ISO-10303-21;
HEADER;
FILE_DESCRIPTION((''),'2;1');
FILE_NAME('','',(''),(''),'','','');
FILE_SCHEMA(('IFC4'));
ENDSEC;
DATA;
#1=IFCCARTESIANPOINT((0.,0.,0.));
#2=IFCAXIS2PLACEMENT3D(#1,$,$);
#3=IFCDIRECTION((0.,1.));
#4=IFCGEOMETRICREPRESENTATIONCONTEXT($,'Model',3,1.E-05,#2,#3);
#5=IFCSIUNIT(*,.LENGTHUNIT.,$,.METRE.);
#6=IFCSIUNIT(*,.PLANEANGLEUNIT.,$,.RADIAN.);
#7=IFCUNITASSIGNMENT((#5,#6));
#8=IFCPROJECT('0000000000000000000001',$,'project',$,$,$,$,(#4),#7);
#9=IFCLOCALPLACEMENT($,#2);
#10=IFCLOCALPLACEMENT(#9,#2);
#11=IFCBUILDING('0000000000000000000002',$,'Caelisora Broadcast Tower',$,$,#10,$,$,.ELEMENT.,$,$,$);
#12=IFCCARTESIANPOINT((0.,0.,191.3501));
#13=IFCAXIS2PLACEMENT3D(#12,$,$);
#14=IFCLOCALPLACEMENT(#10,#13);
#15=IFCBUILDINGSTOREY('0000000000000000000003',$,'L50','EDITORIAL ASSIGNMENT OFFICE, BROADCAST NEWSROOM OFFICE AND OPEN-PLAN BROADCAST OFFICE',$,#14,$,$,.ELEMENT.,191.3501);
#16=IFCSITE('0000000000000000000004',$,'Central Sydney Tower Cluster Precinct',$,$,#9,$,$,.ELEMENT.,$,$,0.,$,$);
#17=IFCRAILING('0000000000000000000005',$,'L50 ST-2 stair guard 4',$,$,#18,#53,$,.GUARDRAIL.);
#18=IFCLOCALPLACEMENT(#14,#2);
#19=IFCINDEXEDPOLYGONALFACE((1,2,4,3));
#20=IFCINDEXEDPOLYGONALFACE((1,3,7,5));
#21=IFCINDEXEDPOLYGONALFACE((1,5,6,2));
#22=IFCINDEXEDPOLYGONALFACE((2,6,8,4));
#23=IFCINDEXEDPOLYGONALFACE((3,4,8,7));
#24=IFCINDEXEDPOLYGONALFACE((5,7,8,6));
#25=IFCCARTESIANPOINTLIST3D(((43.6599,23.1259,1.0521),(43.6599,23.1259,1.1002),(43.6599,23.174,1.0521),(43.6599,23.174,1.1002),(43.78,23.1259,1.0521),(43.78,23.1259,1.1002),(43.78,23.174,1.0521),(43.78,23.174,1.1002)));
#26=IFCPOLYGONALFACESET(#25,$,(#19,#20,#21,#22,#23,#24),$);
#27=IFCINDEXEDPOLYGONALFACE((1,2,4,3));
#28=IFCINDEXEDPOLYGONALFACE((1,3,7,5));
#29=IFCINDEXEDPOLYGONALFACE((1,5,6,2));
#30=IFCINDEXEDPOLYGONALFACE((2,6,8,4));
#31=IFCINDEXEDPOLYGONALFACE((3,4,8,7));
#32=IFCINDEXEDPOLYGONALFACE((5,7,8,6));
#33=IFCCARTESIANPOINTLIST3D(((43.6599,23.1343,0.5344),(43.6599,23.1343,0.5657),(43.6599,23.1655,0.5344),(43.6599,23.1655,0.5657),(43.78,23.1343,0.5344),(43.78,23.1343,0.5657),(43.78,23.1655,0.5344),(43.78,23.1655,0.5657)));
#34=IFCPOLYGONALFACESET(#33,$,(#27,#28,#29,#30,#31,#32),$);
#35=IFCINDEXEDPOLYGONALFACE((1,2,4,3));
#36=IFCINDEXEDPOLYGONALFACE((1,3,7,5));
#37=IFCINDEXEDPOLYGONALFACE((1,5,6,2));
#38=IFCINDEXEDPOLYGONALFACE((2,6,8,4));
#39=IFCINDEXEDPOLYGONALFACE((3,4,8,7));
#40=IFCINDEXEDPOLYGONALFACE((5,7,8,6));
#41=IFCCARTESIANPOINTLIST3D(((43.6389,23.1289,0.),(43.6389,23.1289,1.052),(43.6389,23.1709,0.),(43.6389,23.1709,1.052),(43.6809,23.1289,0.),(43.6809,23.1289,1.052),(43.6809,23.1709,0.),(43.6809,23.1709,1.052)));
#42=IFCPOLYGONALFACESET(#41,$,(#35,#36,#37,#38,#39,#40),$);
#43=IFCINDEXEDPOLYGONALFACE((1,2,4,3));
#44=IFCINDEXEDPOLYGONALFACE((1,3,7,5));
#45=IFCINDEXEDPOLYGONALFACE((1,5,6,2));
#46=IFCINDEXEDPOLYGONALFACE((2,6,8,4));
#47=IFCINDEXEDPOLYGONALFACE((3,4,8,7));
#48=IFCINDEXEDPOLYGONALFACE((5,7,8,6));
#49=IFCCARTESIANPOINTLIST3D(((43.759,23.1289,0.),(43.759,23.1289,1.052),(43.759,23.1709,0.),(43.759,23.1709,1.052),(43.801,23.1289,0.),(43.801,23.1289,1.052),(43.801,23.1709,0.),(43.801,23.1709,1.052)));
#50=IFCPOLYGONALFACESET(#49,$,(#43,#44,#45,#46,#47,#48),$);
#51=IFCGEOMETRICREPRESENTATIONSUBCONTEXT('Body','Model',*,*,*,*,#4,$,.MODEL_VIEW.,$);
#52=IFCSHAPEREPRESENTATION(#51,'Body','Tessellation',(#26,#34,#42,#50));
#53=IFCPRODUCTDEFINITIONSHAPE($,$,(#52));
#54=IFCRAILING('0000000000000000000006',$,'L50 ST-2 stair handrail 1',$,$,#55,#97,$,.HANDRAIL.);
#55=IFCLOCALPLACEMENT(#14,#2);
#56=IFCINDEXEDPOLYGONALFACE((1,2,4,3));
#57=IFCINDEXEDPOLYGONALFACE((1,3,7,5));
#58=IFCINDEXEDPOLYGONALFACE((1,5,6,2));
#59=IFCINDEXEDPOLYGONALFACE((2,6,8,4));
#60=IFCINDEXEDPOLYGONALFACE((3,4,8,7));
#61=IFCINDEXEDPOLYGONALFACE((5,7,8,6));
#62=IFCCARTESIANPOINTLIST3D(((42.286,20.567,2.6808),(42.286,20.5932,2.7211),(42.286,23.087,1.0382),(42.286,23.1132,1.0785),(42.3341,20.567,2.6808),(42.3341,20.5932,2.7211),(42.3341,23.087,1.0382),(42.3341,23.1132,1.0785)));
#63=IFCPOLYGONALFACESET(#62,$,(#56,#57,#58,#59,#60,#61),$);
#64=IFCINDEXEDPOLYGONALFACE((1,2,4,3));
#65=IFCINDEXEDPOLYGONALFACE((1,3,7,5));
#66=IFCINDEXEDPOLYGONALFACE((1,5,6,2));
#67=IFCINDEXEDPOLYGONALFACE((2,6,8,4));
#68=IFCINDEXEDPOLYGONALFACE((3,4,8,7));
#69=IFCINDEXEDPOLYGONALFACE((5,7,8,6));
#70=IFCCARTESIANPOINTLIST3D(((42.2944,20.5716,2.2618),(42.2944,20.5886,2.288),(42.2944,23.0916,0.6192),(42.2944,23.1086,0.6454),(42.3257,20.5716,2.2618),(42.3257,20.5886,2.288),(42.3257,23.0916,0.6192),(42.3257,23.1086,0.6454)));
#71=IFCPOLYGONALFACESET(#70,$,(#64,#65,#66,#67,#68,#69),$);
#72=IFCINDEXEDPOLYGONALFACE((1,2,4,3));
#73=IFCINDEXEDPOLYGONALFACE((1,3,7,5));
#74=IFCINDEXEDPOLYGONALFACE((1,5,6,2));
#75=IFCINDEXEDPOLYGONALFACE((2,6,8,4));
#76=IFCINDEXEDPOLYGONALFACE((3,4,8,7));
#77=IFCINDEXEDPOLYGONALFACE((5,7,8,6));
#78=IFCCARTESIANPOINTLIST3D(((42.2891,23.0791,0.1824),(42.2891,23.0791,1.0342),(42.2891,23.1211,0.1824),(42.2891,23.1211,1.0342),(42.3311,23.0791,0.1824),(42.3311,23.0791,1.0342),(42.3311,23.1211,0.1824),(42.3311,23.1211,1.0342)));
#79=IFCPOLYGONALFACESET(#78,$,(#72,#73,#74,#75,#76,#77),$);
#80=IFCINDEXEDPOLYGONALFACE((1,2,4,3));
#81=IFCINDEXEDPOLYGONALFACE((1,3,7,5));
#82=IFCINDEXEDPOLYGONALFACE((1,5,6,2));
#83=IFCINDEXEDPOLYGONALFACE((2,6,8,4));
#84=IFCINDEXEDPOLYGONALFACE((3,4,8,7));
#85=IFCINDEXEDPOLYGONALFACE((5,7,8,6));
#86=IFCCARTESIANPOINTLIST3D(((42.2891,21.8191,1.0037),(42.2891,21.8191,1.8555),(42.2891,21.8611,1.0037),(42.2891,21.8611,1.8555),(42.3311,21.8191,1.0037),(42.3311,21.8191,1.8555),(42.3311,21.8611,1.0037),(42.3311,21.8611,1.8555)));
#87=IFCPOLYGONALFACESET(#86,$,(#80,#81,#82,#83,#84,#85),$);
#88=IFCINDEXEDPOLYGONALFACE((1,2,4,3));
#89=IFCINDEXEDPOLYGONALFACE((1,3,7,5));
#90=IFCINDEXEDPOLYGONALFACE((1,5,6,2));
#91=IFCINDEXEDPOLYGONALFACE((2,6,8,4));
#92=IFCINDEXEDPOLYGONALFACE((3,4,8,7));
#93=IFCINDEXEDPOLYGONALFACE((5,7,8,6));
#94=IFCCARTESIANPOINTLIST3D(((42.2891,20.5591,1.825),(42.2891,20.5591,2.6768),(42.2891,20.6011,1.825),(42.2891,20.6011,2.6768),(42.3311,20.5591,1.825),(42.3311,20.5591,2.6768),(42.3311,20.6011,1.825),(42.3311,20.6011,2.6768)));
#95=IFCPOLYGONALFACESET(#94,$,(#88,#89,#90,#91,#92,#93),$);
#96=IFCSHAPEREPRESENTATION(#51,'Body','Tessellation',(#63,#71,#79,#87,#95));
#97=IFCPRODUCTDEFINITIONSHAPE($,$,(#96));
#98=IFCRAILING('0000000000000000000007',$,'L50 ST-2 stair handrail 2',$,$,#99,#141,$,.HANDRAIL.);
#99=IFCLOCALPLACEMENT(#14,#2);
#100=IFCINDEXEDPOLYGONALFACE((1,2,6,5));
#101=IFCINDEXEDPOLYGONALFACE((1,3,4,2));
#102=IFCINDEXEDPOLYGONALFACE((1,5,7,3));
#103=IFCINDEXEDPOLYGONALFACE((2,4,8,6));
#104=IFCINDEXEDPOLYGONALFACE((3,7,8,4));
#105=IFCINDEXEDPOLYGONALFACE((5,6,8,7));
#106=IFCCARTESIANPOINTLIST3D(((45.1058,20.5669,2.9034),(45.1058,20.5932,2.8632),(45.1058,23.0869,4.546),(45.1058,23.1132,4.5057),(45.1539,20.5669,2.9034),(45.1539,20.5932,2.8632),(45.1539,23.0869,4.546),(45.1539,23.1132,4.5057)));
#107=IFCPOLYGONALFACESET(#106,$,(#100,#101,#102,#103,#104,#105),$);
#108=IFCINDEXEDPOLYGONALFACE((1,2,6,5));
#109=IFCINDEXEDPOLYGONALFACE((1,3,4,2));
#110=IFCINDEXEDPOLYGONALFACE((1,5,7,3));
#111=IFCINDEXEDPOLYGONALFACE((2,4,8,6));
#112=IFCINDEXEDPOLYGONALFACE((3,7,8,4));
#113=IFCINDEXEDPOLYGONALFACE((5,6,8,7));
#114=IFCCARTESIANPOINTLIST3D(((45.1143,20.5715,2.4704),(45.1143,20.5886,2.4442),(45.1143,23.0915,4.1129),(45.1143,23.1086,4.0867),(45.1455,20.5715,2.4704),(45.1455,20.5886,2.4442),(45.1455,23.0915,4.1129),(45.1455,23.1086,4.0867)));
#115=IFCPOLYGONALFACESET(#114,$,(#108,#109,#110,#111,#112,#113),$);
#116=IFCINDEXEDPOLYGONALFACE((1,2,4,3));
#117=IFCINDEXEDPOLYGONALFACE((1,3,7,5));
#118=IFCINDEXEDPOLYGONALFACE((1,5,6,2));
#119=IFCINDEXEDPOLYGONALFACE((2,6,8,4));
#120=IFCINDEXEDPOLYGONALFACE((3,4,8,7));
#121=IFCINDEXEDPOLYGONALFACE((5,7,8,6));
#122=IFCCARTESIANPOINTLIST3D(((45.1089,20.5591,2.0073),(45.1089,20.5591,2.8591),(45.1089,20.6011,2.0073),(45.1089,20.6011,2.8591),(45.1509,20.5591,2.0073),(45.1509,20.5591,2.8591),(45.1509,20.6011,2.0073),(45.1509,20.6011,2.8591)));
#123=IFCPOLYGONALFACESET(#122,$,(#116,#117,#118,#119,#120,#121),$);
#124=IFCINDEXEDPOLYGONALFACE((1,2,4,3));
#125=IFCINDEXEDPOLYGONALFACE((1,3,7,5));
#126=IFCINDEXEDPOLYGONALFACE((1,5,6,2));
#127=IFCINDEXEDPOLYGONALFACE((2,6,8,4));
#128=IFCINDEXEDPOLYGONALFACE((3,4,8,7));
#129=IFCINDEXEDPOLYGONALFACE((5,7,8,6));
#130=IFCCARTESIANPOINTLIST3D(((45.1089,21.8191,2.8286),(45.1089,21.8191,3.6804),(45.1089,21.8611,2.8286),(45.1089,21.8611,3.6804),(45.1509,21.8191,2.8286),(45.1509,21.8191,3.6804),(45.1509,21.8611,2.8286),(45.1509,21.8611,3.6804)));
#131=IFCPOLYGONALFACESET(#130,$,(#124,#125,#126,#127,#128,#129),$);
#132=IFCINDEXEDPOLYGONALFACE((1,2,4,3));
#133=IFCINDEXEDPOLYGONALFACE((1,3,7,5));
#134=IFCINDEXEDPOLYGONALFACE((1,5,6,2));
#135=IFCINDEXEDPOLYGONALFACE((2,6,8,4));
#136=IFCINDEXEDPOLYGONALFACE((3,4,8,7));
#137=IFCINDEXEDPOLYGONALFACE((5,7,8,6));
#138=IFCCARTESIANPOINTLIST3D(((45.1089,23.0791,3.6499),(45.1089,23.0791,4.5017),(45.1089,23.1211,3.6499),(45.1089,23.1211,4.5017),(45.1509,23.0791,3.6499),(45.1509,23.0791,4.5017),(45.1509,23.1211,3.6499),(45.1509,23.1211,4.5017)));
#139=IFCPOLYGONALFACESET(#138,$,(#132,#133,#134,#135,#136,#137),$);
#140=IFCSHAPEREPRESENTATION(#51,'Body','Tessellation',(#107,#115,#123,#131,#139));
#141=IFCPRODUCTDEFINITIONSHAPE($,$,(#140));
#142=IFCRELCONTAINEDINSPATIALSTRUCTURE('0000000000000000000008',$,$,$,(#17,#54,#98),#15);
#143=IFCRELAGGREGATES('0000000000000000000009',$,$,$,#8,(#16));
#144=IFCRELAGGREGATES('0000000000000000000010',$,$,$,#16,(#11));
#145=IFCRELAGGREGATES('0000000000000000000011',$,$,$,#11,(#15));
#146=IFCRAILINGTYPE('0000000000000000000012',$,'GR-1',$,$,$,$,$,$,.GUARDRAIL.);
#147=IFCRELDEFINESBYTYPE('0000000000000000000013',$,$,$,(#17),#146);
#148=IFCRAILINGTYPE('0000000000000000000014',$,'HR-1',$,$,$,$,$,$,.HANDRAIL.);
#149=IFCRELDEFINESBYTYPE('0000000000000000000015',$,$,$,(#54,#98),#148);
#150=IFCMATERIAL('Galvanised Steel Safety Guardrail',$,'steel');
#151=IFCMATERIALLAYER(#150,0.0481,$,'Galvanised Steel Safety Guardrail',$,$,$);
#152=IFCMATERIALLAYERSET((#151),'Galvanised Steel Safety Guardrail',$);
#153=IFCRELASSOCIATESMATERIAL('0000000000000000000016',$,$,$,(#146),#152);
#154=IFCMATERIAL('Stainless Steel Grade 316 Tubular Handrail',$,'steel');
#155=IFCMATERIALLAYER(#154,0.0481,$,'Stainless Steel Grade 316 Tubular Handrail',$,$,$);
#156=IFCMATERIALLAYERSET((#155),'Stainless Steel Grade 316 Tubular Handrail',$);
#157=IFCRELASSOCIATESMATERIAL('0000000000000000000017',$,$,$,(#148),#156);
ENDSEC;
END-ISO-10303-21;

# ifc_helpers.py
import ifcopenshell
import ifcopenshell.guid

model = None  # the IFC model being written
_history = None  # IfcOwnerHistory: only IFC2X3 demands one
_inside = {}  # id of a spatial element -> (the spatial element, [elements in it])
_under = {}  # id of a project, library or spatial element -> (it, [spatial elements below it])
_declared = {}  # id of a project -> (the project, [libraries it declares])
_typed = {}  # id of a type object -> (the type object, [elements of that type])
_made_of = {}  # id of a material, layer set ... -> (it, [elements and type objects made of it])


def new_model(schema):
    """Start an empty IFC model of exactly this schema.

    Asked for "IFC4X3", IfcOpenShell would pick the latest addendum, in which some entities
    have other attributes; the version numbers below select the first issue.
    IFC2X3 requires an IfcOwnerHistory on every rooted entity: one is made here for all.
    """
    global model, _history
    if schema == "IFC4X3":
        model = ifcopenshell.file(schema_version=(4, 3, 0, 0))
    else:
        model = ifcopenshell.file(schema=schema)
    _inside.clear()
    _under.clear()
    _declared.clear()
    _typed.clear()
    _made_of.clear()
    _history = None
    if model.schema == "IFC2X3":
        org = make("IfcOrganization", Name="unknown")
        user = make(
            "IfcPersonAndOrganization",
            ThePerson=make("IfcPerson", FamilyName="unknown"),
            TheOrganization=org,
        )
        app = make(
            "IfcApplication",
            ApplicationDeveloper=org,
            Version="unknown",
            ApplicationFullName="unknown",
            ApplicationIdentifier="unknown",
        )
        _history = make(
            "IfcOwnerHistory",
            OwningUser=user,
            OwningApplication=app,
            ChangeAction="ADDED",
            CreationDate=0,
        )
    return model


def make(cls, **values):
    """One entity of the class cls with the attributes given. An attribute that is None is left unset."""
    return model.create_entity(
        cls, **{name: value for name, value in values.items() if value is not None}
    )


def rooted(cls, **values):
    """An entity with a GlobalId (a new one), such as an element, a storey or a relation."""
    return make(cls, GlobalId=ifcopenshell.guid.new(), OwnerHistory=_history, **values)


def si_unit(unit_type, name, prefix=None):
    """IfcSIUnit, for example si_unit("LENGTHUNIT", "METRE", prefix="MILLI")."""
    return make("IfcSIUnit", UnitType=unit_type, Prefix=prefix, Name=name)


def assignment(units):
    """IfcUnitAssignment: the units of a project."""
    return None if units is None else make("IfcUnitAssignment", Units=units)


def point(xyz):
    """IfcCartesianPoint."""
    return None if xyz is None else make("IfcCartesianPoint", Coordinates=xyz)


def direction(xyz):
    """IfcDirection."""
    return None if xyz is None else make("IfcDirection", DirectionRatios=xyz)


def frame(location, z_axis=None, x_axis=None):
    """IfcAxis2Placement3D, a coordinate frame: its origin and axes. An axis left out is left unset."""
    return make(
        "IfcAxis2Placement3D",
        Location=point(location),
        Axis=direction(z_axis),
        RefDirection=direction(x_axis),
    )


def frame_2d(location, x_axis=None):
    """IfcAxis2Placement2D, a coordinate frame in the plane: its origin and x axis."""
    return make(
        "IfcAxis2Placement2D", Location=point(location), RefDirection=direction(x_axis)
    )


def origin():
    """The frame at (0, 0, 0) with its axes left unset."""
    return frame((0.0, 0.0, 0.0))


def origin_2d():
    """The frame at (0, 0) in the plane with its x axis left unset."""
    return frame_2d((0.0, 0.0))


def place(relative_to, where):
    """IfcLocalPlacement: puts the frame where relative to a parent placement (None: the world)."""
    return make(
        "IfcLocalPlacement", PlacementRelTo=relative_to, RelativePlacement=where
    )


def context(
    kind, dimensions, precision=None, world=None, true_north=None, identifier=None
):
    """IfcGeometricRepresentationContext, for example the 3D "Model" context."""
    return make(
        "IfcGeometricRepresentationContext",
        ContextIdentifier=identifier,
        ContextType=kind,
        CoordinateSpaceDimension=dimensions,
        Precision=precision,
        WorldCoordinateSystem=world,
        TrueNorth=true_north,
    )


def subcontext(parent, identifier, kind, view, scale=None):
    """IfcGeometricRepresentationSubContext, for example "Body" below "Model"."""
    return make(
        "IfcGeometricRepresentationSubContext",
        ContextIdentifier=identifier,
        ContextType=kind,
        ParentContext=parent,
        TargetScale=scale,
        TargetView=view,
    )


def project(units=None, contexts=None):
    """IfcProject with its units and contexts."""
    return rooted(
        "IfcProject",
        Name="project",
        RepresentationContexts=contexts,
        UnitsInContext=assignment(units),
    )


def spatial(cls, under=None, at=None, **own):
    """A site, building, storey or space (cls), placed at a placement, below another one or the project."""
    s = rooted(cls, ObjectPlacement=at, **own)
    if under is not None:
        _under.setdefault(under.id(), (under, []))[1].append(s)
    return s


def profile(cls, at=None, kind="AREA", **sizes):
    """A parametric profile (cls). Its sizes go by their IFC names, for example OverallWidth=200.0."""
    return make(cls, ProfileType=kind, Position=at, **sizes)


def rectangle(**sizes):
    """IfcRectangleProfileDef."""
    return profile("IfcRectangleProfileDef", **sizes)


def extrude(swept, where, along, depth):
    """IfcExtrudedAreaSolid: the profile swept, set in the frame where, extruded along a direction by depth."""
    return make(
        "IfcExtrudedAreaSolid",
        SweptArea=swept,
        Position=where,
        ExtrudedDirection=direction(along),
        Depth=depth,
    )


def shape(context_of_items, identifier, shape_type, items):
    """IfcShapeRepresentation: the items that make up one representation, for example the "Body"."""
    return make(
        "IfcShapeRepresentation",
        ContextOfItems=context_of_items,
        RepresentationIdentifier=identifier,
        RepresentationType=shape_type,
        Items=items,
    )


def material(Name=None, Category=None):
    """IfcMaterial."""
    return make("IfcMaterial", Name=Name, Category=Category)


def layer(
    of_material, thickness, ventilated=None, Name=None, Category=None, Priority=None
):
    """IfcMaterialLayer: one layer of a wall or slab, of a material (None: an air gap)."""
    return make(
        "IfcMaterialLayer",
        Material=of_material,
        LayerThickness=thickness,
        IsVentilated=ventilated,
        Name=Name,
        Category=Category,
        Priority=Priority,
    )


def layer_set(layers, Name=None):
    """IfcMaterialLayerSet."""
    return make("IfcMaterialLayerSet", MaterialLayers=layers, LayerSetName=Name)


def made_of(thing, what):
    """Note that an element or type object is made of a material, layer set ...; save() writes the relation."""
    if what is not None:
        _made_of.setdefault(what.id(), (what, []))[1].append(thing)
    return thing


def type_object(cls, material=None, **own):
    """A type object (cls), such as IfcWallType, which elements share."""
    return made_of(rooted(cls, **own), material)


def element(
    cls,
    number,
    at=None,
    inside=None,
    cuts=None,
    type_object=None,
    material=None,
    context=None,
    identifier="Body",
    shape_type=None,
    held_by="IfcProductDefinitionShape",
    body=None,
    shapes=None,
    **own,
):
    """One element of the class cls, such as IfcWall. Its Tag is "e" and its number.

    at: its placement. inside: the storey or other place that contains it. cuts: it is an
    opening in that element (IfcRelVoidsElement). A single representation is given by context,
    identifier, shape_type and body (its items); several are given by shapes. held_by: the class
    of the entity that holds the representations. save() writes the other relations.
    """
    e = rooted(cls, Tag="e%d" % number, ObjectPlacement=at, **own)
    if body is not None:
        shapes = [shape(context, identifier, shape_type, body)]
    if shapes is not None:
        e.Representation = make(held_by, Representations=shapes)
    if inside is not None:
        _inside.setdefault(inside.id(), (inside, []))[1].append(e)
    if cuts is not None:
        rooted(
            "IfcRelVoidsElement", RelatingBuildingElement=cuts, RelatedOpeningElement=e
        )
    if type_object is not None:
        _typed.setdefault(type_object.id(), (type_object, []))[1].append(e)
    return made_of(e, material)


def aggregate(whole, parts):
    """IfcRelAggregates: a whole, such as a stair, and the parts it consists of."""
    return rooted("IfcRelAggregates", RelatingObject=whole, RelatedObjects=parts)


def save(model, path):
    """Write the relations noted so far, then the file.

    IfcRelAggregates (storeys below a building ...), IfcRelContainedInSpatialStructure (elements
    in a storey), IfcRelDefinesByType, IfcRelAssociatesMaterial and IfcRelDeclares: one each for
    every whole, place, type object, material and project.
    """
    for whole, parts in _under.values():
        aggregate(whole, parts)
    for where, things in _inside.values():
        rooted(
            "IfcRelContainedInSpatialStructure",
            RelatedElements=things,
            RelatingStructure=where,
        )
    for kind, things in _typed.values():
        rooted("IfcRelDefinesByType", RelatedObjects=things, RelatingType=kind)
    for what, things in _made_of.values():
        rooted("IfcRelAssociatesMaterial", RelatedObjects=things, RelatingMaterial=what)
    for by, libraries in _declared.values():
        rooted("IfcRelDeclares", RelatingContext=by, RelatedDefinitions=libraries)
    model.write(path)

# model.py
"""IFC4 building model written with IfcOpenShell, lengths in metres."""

from ifc_helpers import new_model, si_unit, direction, frame, origin, origin_2d, place, context, subcontext, project, spatial, rectangle, extrude, material, layer, layer_set, type_object, element, save


model = new_model("IFC4")

# Units and contexts
model_context = context("Model", 3, precision=1e-05, world=origin(), true_north=direction((0.0, 1.0)))
body_context = subcontext(model_context, "Body", "Model", "MODEL_VIEW")
ifc_project = project(units=[si_unit("LENGTHUNIT", "METRE"), si_unit("PLANEANGLEUNIT", "RADIAN")], contexts=[model_context])

# Site, building, storey
site_placement = place(None, origin())
site = spatial("IfcSite", under=ifc_project, at=site_placement, Name="Central Sydney Tower Cluster Precinct", CompositionType="ELEMENT", RefElevation=0.0)
building_placement = place(site_placement, origin())
building = spatial("IfcBuilding", under=site, at=building_placement, Name="Caelisora Broadcast Tower", CompositionType="ELEMENT")
storey_placement = place(building_placement, frame((0.0, 0.0, 191.3501)))
storey = spatial("IfcBuildingStorey", under=building, at=storey_placement, Name="L50", Description="EDITORIAL ASSIGNMENT OFFICE, BROADCAST NEWSROOM OFFICE AND OPEN-PLAN BROADCAST OFFICE", CompositionType="ELEMENT", Elevation=191.3501)

# Railings
ifc_material_1 = material(Name="Galvanised Steel Safety Guardrail", Category="steel")
ifc_layer_1 = layer(ifc_material_1, 0.0481, Name="Galvanised Steel Safety Guardrail")
ifc_layer_set_1 = layer_set([ifc_layer_1], Name="Galvanised Steel Safety Guardrail")
railing_type_1 = type_object("IfcRailingType", Name="GR-1", PredefinedType="GUARDRAIL", material=ifc_layer_set_1)
railing_1_placement = place(storey_placement, frame((43.6599, 23.1499, 0.0)))
element("IfcRailing", 1, at=railing_1_placement, inside=storey, type_object=railing_type_1, Name="L50 ST-2 stair guard 4", PredefinedType="GUARDRAIL", context=body_context, shape_type="SweptSolid", body=[
    extrude(rectangle(XDim=0.0481, YDim=0.0481, at=origin_2d()), frame((0.0, 0.0, 1.0762), z_axis=(1.0, 0.0, 0.0), x_axis=(0.0, 1.0, 0.0)), (0.0, 0.0, 1.0), 0.1201),
    extrude(rectangle(XDim=0.0312, YDim=0.0312, at=origin_2d()), frame((0.0, 0.0, 0.55), z_axis=(1.0, 0.0, 0.0), x_axis=(0.0, 1.0, 0.0)), (0.0, 0.0, 1.0), 0.1201),
    extrude(rectangle(XDim=0.042, YDim=0.042, at=origin_2d()), origin(), (0.0, 0.0, 1.0), 1.052),
    extrude(rectangle(XDim=0.042, YDim=0.042, at=origin_2d()), frame((0.1201, 0.0, 0.0)), (0.0, 0.0, 1.0), 1.052),
])
ifc_material_2 = material(Name="Stainless Steel Grade 316 Tubular Handrail", Category="steel")
ifc_layer_2 = layer(ifc_material_2, 0.0481, Name="Stainless Steel Grade 316 Tubular Handrail")
ifc_layer_set_2 = layer_set([ifc_layer_2], Name="Stainless Steel Grade 316 Tubular Handrail")
railing_type_2 = type_object("IfcRailingType", Name="HR-1", PredefinedType="HANDRAIL", material=ifc_layer_set_2)
railing_2_placement = place(storey_placement, frame((42.3101, 23.1001, 0.1824)))
element("IfcRailing", 2, at=railing_2_placement, inside=storey, type_object=railing_type_2, Name="L50 ST-2 stair handrail 1", PredefinedType="HANDRAIL", context=body_context, shape_type="SweptSolid", body=[
    extrude(rectangle(XDim=0.0481, YDim=0.0481, at=origin_2d()), frame((0.0, 0.0, 0.876), z_axis=(0.0, -0.837749, 0.546055), x_axis=(1.0, 0.0, 0.0)), (0.0, 0.0, 1.0), 3.0081),
    extrude(rectangle(XDim=0.0312, YDim=0.0312, at=origin_2d()), frame((0.0, 0.0, 0.45), z_axis=(0.0, -0.837749, 0.546055), x_axis=(1.0, 0.0, 0.0)), (0.0, 0.0, 1.0), 3.0081),
    extrude(rectangle(XDim=0.042, YDim=0.042, at=origin_2d()), origin(), (0.0, 0.0, 1.0), 0.8518),
    extrude(rectangle(XDim=0.042, YDim=0.042, at=origin_2d()), frame((0.0, -1.26, 0.8213)), (0.0, 0.0, 1.0), 0.8518),
    extrude(rectangle(XDim=0.042, YDim=0.042, at=origin_2d()), frame((0.0, -2.52, 1.6426)), (0.0, 0.0, 1.0), 0.8518),
])
railing_3_placement = place(storey_placement, frame((45.1299, 20.5801, 2.0073)))
element("IfcRailing", 3, at=railing_3_placement, inside=storey, type_object=railing_type_2, Name="L50 ST-2 stair handrail 2", PredefinedType="HANDRAIL", context=body_context, shape_type="SweptSolid", body=[
    extrude(rectangle(XDim=0.0481, YDim=0.0481, at=origin_2d()), frame((0.0, 0.0, 0.876), z_axis=(0.0, 0.837749, 0.546055), x_axis=(-1.0, 0.0, 0.0)), (0.0, 0.0, 1.0), 3.0081),
    extrude(rectangle(XDim=0.0312, YDim=0.0312, at=origin_2d()), frame((0.0, 0.0, 0.45), z_axis=(0.0, 0.837749, 0.546055), x_axis=(-1.0, 0.0, 0.0)), (0.0, 0.0, 1.0), 3.0081),
    extrude(rectangle(XDim=0.042, YDim=0.042, at=origin_2d()), origin(), (0.0, 0.0, 1.0), 0.8518),
    extrude(rectangle(XDim=0.042, YDim=0.042, at=origin_2d()), frame((0.0, 1.26, 0.8213)), (0.0, 0.0, 1.0), 0.8518),
    extrude(rectangle(XDim=0.042, YDim=0.042, at=origin_2d()), frame((0.0, 2.52, 1.6426)), (0.0, 0.0, 1.0), 0.8518),
])

save(model, "model.ifc")
